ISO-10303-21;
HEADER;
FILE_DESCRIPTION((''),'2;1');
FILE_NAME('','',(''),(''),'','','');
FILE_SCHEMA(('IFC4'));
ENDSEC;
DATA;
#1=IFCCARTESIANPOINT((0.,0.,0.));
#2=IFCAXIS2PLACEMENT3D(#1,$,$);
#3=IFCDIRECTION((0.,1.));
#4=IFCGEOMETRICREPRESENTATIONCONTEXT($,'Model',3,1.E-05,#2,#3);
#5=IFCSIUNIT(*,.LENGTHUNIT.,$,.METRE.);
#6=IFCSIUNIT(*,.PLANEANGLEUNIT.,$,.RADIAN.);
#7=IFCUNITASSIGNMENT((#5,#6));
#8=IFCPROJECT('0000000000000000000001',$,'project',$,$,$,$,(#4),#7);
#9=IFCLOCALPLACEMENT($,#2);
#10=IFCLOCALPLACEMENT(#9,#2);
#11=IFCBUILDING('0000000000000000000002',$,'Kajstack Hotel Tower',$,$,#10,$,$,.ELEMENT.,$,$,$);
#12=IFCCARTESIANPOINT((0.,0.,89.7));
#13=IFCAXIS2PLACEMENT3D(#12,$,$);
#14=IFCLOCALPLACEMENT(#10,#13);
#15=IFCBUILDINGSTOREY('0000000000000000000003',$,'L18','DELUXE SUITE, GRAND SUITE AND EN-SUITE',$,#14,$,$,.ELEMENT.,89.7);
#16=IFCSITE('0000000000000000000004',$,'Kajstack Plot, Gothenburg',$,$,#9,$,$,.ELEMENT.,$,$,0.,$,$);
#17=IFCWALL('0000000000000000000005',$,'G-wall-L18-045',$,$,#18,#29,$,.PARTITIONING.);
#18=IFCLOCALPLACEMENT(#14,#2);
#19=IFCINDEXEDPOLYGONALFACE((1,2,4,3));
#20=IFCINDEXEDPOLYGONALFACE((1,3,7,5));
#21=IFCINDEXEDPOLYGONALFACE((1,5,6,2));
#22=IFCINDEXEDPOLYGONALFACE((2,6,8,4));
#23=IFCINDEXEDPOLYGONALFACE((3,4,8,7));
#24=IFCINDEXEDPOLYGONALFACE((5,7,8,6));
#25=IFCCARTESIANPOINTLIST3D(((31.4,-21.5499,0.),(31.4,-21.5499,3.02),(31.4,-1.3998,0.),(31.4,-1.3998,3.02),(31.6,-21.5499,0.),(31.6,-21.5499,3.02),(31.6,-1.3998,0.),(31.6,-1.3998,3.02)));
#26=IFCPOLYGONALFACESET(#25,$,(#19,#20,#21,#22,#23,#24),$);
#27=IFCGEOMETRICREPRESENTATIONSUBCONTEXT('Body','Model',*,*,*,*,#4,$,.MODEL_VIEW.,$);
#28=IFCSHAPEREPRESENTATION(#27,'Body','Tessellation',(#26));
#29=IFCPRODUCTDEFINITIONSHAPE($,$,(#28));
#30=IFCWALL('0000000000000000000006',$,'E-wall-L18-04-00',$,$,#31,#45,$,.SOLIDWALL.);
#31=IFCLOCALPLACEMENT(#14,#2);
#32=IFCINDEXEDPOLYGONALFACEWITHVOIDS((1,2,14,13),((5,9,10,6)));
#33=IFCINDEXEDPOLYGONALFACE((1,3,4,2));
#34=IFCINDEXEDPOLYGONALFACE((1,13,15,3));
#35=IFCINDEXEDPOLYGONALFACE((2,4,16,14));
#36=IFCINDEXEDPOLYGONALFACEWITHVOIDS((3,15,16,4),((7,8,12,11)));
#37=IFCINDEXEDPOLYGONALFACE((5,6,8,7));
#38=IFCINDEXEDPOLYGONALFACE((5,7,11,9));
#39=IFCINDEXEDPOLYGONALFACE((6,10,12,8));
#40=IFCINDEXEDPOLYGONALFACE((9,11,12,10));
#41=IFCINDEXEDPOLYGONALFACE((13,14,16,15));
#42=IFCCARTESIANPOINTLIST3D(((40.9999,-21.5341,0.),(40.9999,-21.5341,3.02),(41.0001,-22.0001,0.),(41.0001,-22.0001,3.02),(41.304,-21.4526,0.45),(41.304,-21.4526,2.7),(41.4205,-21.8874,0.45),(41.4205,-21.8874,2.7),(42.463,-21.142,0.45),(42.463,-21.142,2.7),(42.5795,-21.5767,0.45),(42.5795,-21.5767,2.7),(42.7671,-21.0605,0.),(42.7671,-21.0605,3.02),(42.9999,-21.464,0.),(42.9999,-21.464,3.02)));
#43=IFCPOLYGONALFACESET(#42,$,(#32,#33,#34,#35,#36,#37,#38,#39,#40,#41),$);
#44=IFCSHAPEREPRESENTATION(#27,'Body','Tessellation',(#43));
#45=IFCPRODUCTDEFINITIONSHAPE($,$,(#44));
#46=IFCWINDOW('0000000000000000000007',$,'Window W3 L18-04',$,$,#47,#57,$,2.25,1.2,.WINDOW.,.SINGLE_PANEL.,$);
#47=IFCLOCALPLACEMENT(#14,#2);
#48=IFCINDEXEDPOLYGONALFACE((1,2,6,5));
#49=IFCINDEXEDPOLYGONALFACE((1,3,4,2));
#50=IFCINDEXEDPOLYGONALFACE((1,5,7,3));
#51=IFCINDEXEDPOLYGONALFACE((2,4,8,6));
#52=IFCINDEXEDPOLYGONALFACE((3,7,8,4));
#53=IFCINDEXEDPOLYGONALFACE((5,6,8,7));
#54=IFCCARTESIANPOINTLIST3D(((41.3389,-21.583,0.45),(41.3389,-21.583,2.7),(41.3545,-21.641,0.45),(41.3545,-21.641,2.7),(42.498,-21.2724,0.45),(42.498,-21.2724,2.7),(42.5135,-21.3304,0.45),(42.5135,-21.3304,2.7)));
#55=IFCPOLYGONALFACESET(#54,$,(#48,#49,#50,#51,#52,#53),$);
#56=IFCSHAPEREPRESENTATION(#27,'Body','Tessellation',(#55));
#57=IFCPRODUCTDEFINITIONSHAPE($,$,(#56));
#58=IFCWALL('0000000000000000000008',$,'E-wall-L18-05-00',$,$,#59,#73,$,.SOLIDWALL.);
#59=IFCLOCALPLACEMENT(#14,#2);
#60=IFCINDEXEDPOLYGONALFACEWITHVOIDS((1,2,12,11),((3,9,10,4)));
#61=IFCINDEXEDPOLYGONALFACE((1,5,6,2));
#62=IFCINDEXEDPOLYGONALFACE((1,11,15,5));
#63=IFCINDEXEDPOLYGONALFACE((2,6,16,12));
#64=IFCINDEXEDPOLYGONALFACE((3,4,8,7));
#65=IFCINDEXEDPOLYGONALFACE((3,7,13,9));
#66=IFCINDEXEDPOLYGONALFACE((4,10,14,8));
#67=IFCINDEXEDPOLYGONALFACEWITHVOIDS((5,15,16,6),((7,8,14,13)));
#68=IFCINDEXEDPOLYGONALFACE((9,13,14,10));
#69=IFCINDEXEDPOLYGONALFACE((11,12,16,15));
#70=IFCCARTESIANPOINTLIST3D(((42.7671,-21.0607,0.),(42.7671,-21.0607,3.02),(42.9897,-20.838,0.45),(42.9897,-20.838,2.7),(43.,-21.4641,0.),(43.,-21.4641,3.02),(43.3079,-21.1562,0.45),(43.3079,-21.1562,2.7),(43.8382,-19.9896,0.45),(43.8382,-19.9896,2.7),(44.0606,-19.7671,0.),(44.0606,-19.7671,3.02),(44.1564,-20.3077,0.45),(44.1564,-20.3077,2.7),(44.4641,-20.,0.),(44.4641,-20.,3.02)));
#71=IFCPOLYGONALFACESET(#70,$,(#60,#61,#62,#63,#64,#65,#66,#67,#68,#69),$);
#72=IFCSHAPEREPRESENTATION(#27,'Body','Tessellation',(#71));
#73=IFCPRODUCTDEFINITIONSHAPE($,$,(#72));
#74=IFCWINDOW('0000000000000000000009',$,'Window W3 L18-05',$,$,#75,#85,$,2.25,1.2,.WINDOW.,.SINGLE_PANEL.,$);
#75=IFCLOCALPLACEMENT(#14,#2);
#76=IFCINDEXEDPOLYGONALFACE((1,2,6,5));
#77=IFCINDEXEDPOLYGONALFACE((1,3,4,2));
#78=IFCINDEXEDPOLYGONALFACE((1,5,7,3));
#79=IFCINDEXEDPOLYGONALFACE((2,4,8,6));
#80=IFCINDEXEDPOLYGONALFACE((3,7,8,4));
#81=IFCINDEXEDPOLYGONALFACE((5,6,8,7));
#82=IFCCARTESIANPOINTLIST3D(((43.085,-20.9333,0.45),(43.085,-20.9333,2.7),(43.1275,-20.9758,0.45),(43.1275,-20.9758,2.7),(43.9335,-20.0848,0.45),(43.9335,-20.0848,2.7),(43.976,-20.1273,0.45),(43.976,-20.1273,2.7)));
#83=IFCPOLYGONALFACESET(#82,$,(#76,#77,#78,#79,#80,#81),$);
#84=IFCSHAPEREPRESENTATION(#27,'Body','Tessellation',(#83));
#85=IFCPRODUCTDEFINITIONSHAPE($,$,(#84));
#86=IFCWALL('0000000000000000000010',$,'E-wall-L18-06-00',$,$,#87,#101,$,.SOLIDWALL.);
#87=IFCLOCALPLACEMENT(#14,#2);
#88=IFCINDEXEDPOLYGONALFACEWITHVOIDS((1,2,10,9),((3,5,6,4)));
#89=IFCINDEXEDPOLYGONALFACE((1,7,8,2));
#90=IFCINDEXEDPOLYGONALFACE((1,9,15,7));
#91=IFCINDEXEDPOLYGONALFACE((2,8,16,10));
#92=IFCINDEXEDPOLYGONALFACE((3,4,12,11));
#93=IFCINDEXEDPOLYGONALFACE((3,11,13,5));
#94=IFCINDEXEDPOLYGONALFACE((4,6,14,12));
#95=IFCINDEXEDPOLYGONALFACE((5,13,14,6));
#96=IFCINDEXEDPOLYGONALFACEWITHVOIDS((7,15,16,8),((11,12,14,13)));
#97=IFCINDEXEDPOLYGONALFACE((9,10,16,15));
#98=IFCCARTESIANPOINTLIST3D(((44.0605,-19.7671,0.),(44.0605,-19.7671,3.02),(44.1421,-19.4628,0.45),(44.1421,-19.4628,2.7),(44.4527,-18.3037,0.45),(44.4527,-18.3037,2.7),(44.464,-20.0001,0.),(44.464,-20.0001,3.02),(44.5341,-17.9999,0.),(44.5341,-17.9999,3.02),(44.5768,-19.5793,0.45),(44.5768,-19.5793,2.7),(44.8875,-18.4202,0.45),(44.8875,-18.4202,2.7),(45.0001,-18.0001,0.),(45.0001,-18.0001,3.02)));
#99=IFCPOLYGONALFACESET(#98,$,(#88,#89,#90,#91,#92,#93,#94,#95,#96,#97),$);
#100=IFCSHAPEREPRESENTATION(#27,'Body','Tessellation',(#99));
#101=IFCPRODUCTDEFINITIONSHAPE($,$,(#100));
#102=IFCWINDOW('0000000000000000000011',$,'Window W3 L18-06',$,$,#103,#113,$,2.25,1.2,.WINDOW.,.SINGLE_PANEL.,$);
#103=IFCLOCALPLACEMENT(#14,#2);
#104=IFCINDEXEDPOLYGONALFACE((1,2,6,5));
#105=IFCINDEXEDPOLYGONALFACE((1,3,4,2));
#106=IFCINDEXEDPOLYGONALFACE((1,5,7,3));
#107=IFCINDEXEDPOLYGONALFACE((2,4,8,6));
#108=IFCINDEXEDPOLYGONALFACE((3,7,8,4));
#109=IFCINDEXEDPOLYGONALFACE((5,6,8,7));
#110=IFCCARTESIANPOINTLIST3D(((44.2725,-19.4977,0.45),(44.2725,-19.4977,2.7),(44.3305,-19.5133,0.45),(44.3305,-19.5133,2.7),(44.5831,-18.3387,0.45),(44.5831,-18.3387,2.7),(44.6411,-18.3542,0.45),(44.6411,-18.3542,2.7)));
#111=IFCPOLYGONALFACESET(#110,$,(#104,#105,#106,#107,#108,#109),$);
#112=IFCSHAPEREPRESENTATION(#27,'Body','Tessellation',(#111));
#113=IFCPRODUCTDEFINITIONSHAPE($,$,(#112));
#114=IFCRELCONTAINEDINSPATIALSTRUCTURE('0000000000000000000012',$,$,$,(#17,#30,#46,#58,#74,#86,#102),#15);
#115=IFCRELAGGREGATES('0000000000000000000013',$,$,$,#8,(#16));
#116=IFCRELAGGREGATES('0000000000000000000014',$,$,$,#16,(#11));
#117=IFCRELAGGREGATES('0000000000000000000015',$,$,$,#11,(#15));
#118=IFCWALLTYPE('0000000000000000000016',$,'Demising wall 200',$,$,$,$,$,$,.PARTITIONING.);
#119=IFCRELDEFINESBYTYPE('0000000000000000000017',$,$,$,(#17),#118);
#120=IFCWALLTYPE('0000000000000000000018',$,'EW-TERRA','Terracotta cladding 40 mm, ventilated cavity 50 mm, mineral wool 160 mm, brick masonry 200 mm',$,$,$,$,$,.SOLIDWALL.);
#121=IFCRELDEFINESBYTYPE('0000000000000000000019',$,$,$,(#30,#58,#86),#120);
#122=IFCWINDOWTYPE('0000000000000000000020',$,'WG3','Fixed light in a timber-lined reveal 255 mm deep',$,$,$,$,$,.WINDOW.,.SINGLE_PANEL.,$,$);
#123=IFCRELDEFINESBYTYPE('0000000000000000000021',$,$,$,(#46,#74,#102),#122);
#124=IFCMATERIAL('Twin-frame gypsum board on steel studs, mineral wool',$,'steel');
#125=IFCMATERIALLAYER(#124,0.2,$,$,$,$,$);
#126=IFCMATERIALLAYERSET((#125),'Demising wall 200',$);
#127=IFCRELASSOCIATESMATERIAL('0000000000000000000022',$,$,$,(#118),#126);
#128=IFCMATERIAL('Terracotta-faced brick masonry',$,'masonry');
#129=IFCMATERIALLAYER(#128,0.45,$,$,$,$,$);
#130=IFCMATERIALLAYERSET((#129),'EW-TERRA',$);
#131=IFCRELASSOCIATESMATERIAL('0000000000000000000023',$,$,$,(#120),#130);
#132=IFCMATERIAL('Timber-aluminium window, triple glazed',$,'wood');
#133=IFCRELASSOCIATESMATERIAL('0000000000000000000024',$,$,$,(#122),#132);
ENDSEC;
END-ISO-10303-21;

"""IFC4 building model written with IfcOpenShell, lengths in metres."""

from ifc_helpers import new_model, si_unit, direction, frame, frame_2d, origin, place, context, subcontext, project, spatial, polyline, rectangle, outline, extrude, material, layer, layer_set, type_object, element, fill, save


model = new_model("IFC4")

# Units and contexts
model_context = context("Model", 3, precision=1e-05, world=origin(), true_north=direction((0.0, 1.0)))
body_context = subcontext(model_context, "Body", "Model", "MODEL_VIEW")
ifc_project = project(units=[si_unit("LENGTHUNIT", "METRE"), si_unit("PLANEANGLEUNIT", "RADIAN")], contexts=[model_context])

# Site, building, storey
site_placement = place(None, origin())
site = spatial("IfcSite", under=ifc_project, at=site_placement, Name="Kajstack Plot, Gothenburg", CompositionType="ELEMENT", RefElevation=0.0)
building_placement = place(site_placement, origin())
building = spatial("IfcBuilding", under=site, at=building_placement, Name="Kajstack Hotel Tower", CompositionType="ELEMENT")
storey_placement = place(building_placement, frame((0.0, 0.0, 89.7)))
storey = spatial("IfcBuildingStorey", under=building, at=storey_placement, Name="L18", Description="DELUXE SUITE, GRAND SUITE AND EN-SUITE", CompositionType="ELEMENT", Elevation=89.7)

# Wall
ifc_material_1 = material(Name="Twin-frame gypsum board on steel studs, mineral wool", Category="steel")
ifc_layer_1 = layer(ifc_material_1, 0.2)
ifc_layer_set_1 = layer_set([ifc_layer_1], Name="Demising wall 200")
wall_type_1 = type_object("IfcWallType", Name="Demising wall 200", PredefinedType="PARTITIONING", material=ifc_layer_set_1)
wall_1_placement = place(storey_placement, frame((31.5, -21.55, 0.0), z_axis=(0.0, 0.0, 1.0), x_axis=(0.0, 1.0, 0.0)))
element("IfcWall", 1, at=wall_1_placement, inside=storey, type_object=wall_type_1, Name="G-wall-L18-045", PredefinedType="PARTITIONING", context=body_context, shape_type="SweptSolid", body=[
    extrude(rectangle(XDim=20.1501, YDim=0.2, at=frame_2d((10.0752, 0.0))), origin(), (0.0, 0.0, 1.0), 3.02),
])

# Walls, openings, windows
ifc_material_2 = material(Name="Terracotta-faced brick masonry", Category="masonry")
ifc_layer_2 = layer(ifc_material_2, 0.45)
ifc_layer_set_2 = layer_set([ifc_layer_2], Name="EW-TERRA")
wall_type_2 = type_object("IfcWallType", Name="EW-TERRA", Description="Terracotta cladding 40 mm, ventilated cavity 50 mm, mineral wool 160 mm, brick masonry 200 mm", PredefinedType="SOLIDWALL", material=ifc_layer_set_2)
wall_2_placement = place(storey_placement, frame((40.9417, -21.7827, 0.0), z_axis=(0.0, 0.0, 1.0), x_axis=(0.965927, 0.258815, 0.0)))
wall_2 = element("IfcWall", 2, at=wall_2_placement, inside=storey, type_object=wall_type_2, Name="E-wall-L18-04-00", PredefinedType="SOLIDWALL", context=body_context, shape_type="SweptSolid", body=[
    extrude(outline(polyline([(0.0002, -0.2251), (2.0706, -0.2249), (1.9502, 0.2251), (0.1206, 0.2251), (0.0002, -0.2251)])), origin(), (0.0, 0.0, 1.0), 3.02),
])
opening_1_placement = place(wall_2_placement, frame((0.4353, 0.0, 0.45)))
opening_1 = element("IfcOpeningElement", 3, at=opening_1_placement, cuts=wall_2, PredefinedType="OPENING", context=body_context, shape_type="SweptSolid", body=[
    extrude(rectangle(XDim=1.2, YDim=2.25, at=frame_2d((0.6001, 1.125))), frame((0.0, 0.2349, 0.0), z_axis=(0.0, -1.0, 0.0), x_axis=(1.0, 0.0, 0.0)), (0.0, 0.0, 1.0), 0.47),
])
ifc_material_3 = material(Name="Timber-aluminium window, triple glazed", Category="wood")
window_type_1 = type_object("IfcWindowType", Name="WG3", Description="Fixed light in a timber-lined reveal 255 mm deep", PartitioningType="SINGLE_PANEL", PredefinedType="WINDOW", material=ifc_material_3)
window_1_placement = place(opening_1_placement, origin())
window_1 = element("IfcWindow", 4, at=window_1_placement, inside=storey, type_object=window_type_1, Name="Window W3 L18-04", OverallHeight=2.25, OverallWidth=1.2, PartitioningType="SINGLE_PANEL", PredefinedType="WINDOW", context=body_context, shape_type="SweptSolid", body=[
    extrude(rectangle(XDim=1.2, YDim=2.25, at=frame_2d((0.6001, 1.125))), frame((0.0, 0.0901, 0.0), z_axis=(0.0, -1.0, 0.0), x_axis=(1.0, 0.0, 0.0)), (0.0, 0.0, 1.0), 0.0601),
])
fill(opening_1, window_1)
wall_3_placement = place(storey_placement, frame((42.8408, -21.3049, 0.0), z_axis=(0.0, 0.0, 1.0), x_axis=(0.707107, 0.707107, 0.0)))
wall_3 = element("IfcWall", 5, at=wall_3_placement, inside=storey, type_object=wall_type_2, Name="E-wall-L18-05-00", PredefinedType="SOLIDWALL", context=body_context, shape_type="SweptSolid", body=[
    extrude(outline(polyline([(0.0, -0.2251), (2.0706, -0.2251), (1.95, 0.2249), (0.1206, 0.2249), (0.0, -0.2251)])), origin(), (0.0, 0.0, 1.0), 3.02),
])
opening_2_placement = place(wall_3_placement, frame((0.4353, 0.0, 0.45)))
opening_2 = element("IfcOpeningElement", 6, at=opening_2_placement, cuts=wall_3, PredefinedType="OPENING", context=body_context, shape_type="SweptSolid", body=[
    extrude(rectangle(XDim=1.2, YDim=2.25, at=frame_2d((0.6001, 1.125))), frame((0.0, 0.2349, 0.0), z_axis=(0.0, -1.0, 0.0), x_axis=(1.0, 0.0, 0.0)), (0.0, 0.0, 1.0), 0.47),
])
window_2_placement = place(opening_2_placement, origin())
window_2 = element("IfcWindow", 7, at=window_2_placement, inside=storey, type_object=window_type_1, Name="Window W3 L18-05", OverallHeight=2.25, OverallWidth=1.2, PartitioningType="SINGLE_PANEL", PredefinedType="WINDOW", context=body_context, shape_type="SweptSolid", body=[
    extrude(rectangle(XDim=1.2, YDim=2.25, at=frame_2d((0.6001, 1.125))), frame((0.0, 0.0901, 0.0), z_axis=(0.0, -1.0, 0.0), x_axis=(1.0, 0.0, 0.0)), (0.0, 0.0, 1.0), 0.0601),
])
fill(opening_2, window_2)
wall_4_placement = place(storey_placement, frame((44.2468, -19.9417, 0.0), z_axis=(0.0, 0.0, 1.0), x_axis=(0.258815, 0.965927, 0.0)))
wall_4 = element("IfcWall", 8, at=wall_4_placement, inside=storey, type_object=wall_type_2, Name="E-wall-L18-06-00", PredefinedType="SOLIDWALL", context=body_context, shape_type="SweptSolid", body=[
    extrude(outline(polyline([(-0.0002, -0.2249), (2.0703, -0.2251), (1.95, 0.2251), (0.1204, 0.2251), (-0.0002, -0.2249)])), origin(), (0.0, 0.0, 1.0), 3.02),
])
opening_3_placement = place(wall_4_placement, frame((0.4353, 0.0, 0.45)))
opening_3 = element("IfcOpeningElement", 9, at=opening_3_placement, cuts=wall_4, PredefinedType="OPENING", context=body_context, shape_type="SweptSolid", body=[
    extrude(rectangle(XDim=1.2, YDim=2.25, at=frame_2d((0.6001, 1.125))), frame((0.0, 0.2349, 0.0), z_axis=(0.0, -1.0, 0.0), x_axis=(1.0, 0.0, 0.0)), (0.0, 0.0, 1.0), 0.47),
])
window_3_placement = place(opening_3_placement, origin())
window_3 = element("IfcWindow", 10, at=window_3_placement, inside=storey, type_object=window_type_1, Name="Window W3 L18-06", OverallHeight=2.25, OverallWidth=1.2, PartitioningType="SINGLE_PANEL", PredefinedType="WINDOW", context=body_context, shape_type="SweptSolid", body=[
    extrude(rectangle(XDim=1.2, YDim=2.25, at=frame_2d((0.6001, 1.125))), frame((0.0, 0.0901, 0.0), z_axis=(0.0, -1.0, 0.0), x_axis=(1.0, 0.0, 0.0)), (0.0, 0.0, 1.0), 0.0601),
])
fill(opening_3, window_3)

save(model, "model.ifc")
